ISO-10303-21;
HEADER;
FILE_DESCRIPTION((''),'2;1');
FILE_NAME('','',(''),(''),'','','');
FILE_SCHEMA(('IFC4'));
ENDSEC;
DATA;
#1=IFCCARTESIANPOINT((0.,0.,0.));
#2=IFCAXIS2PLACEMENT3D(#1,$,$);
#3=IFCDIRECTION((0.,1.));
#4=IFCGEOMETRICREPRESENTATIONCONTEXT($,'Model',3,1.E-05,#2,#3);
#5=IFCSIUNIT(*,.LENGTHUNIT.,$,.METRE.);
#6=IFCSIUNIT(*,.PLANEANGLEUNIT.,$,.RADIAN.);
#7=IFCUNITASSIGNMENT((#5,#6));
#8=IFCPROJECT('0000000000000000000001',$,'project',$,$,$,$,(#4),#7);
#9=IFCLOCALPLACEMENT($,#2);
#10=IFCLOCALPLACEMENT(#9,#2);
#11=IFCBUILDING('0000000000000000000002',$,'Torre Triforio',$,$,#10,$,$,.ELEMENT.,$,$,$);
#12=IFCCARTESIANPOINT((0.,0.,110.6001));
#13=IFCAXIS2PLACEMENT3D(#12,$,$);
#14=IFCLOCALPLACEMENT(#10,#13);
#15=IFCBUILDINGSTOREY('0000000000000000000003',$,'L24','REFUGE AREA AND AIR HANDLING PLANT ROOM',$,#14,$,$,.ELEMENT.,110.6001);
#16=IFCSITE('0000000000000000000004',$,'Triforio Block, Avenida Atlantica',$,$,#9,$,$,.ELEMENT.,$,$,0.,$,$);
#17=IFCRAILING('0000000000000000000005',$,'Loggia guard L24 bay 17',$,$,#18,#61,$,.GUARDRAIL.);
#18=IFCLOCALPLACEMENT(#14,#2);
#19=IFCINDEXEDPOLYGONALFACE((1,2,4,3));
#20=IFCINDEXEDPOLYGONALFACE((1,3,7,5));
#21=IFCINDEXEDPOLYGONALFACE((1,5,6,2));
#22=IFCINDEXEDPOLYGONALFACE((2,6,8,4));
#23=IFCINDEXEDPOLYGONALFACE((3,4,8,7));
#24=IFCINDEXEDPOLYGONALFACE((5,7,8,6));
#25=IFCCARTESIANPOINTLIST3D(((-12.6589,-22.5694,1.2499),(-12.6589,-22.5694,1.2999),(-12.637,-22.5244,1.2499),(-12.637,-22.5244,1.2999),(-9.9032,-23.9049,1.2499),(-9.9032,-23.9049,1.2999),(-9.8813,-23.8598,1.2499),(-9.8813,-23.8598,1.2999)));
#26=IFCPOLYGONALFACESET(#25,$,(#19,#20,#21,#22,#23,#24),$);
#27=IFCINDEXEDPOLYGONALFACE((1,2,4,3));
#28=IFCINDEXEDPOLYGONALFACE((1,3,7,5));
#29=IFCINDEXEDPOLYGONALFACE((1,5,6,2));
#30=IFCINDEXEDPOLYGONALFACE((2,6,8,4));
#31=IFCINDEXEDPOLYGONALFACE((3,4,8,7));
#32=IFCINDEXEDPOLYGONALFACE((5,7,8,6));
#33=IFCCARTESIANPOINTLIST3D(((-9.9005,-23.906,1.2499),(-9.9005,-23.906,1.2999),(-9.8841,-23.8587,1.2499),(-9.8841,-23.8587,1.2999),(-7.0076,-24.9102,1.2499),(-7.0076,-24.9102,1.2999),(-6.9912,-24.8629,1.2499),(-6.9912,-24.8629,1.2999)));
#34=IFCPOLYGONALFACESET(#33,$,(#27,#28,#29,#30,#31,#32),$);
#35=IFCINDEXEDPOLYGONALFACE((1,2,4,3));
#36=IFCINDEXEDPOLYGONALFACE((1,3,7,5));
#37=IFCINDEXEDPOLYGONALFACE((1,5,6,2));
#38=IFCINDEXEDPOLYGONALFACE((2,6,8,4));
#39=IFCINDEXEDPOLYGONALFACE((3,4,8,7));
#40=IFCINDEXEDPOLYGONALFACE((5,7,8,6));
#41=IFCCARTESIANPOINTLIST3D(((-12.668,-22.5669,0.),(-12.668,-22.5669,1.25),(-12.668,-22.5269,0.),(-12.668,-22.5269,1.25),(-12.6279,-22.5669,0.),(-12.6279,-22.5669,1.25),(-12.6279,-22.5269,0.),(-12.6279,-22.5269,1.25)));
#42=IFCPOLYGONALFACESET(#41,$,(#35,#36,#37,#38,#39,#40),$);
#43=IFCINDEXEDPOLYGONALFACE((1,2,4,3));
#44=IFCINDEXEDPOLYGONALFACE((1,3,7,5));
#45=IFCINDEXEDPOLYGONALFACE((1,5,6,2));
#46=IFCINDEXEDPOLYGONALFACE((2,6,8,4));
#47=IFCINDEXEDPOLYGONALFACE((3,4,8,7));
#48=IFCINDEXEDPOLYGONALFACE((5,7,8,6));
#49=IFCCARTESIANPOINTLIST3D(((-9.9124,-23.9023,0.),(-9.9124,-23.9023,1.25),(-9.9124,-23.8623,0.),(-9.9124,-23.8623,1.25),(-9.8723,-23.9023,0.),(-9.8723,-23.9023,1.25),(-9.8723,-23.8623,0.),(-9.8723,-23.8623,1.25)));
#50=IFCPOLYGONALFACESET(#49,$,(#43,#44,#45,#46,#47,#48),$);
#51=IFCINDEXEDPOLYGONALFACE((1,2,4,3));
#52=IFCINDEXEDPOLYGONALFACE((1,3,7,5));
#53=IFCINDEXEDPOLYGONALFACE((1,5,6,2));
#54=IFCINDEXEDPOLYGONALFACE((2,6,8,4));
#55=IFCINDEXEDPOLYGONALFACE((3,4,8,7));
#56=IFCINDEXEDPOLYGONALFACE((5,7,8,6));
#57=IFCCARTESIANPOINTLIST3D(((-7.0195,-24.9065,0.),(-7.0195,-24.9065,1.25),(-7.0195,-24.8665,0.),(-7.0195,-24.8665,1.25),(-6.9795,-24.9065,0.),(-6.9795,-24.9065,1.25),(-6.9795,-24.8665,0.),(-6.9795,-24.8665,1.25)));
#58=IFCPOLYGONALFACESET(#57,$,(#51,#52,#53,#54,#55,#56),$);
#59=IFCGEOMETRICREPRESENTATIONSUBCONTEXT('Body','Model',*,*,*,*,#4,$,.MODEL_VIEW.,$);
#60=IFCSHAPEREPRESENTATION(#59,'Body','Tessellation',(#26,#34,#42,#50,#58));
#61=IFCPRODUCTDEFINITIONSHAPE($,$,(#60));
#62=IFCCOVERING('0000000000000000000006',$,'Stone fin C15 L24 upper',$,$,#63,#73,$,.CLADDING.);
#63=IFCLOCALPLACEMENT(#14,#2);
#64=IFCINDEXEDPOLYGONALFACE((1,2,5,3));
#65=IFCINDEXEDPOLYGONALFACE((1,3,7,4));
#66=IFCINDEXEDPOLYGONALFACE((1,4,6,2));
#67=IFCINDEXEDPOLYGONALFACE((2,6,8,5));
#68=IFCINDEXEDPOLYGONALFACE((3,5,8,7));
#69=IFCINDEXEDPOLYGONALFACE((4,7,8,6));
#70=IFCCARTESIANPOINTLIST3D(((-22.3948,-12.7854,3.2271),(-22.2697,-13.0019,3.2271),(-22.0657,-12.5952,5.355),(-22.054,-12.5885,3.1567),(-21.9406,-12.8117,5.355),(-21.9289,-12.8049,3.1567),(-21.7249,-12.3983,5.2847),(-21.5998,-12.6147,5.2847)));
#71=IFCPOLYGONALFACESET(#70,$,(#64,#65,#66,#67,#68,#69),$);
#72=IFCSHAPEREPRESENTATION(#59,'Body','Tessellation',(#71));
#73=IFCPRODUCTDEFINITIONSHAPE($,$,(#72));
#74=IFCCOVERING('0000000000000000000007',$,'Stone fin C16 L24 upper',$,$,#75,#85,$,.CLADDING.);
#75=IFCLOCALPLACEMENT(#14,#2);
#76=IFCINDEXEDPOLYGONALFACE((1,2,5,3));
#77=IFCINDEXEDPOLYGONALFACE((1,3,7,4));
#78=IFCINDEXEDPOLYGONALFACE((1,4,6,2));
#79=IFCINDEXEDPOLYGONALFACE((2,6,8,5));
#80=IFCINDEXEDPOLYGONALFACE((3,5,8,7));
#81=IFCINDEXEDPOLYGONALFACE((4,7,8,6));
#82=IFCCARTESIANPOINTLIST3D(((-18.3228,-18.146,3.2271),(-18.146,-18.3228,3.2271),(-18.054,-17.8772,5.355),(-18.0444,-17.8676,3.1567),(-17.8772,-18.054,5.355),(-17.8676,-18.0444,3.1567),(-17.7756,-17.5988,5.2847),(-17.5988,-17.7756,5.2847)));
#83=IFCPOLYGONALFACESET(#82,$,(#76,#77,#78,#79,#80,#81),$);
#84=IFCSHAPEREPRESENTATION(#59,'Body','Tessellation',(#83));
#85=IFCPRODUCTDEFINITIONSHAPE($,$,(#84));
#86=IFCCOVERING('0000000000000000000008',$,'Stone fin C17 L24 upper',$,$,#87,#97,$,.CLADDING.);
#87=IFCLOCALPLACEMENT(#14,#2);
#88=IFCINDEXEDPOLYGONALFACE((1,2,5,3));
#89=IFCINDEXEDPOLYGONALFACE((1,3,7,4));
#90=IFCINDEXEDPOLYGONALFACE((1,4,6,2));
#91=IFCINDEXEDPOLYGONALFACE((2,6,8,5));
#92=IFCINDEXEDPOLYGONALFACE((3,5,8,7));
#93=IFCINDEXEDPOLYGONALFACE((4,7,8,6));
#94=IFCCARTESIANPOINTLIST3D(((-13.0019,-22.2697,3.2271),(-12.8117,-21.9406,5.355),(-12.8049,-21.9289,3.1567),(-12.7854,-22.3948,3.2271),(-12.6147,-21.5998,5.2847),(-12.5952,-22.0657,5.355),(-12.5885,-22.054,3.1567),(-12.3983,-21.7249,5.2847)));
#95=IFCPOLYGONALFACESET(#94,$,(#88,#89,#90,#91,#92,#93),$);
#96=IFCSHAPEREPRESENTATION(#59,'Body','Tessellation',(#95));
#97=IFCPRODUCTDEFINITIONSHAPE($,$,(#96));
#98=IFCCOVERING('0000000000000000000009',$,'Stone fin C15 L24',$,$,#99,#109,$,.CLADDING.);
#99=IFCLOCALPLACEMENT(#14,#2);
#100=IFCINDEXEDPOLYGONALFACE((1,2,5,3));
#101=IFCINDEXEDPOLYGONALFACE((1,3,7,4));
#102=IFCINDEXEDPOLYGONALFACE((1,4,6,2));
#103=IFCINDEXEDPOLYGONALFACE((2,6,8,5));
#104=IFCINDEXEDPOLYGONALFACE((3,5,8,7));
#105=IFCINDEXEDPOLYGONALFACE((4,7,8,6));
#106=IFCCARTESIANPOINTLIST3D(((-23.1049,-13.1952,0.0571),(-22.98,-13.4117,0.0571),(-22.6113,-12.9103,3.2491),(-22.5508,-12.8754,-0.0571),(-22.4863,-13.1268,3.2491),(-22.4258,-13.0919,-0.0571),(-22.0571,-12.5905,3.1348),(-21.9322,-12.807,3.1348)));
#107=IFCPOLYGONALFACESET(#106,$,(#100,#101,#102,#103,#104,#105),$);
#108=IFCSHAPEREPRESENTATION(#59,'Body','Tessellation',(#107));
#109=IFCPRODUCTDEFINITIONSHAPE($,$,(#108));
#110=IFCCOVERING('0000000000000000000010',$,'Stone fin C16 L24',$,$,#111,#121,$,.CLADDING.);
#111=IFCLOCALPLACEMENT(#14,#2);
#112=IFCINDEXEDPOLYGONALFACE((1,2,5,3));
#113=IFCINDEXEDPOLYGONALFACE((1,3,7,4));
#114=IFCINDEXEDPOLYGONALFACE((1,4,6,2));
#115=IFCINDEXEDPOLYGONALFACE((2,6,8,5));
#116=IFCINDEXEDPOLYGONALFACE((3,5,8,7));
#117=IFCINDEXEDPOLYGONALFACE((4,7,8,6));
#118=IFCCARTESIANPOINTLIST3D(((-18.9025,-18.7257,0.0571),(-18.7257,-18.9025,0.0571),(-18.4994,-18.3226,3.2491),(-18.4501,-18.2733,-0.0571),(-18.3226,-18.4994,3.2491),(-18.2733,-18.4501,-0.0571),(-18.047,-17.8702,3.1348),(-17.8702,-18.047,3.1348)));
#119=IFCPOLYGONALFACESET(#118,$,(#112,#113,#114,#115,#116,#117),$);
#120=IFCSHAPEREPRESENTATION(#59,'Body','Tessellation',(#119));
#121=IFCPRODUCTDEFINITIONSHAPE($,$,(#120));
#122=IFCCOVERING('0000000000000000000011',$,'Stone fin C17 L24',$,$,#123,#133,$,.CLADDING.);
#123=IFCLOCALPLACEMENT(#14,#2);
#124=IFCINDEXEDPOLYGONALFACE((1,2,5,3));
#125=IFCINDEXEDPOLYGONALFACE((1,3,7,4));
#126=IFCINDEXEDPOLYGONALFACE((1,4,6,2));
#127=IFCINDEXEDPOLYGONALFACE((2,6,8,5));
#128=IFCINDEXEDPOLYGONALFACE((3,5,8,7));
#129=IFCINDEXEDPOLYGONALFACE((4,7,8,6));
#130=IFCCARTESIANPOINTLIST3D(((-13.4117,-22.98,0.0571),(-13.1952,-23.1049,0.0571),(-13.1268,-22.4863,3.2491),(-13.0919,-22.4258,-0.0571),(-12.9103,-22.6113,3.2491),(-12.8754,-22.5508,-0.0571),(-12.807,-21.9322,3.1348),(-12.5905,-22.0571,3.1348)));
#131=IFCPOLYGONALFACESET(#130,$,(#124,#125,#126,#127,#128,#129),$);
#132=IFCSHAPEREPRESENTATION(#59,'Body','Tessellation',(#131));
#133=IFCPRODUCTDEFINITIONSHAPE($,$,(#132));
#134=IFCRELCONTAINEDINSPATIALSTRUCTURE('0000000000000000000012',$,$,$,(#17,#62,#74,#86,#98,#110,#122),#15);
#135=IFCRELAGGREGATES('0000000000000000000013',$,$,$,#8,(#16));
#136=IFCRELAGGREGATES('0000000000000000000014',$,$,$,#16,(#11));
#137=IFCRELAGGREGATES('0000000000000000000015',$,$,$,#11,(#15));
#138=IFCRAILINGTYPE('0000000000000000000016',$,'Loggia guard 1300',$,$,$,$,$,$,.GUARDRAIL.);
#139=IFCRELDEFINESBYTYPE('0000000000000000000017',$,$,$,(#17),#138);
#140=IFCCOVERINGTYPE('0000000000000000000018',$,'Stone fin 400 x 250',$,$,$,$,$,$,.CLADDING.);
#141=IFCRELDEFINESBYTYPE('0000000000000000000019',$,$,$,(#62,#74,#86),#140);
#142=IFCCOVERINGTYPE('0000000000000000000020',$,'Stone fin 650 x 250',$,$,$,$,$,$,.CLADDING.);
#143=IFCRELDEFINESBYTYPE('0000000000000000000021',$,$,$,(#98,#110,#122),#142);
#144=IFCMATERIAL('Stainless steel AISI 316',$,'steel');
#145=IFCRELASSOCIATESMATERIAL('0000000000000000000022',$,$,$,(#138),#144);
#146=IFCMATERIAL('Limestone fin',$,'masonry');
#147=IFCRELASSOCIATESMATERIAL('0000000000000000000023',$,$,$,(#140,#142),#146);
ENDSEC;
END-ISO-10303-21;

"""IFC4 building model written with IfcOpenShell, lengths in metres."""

from ifc_helpers import new_model, si_unit, direction, frame, origin, origin_2d, place, context, subcontext, project, spatial, rectangle, extrude, material, material_profile, profile_set, type_object, element, save


model = new_model("IFC4")

# Units and contexts
model_context = context("Model", 3, precision=1e-05, world=origin(), true_north=direction((0.0, 1.0)))
body_context = subcontext(model_context, "Body", "Model", "MODEL_VIEW")
ifc_project = project(units=[si_unit("LENGTHUNIT", "METRE"), si_unit("PLANEANGLEUNIT", "RADIAN")], contexts=[model_context])

# Site, building, storey
site_placement = place(None, origin())
site = spatial("IfcSite", under=ifc_project, at=site_placement, Name="Triforio Block, Avenida Atlantica", CompositionType="ELEMENT", RefElevation=0.0)
building_placement = place(site_placement, origin())
building = spatial("IfcBuilding", under=site, at=building_placement, Name="Torre Triforio", CompositionType="ELEMENT")
storey_placement = place(building_placement, frame((0.0, 0.0, 110.6001)))
storey = spatial("IfcBuildingStorey", under=building, at=storey_placement, Name="L24", Description="REFUGE AREA AND AIR HANDLING PLANT ROOM", CompositionType="ELEMENT", Elevation=110.6001)

# Railing
ifc_material_1 = material(Name="Stainless steel AISI 316", Category="steel")
railing_type = type_object("IfcRailingType", Name="Loggia guard 1300", PredefinedType="GUARDRAIL", material=ifc_material_1)
railing_1_placement = place(storey_placement, frame((-12.6479, -22.5469, 0.0)))
element("IfcRailing", 1, at=railing_1_placement, inside=storey, type_object=railing_type, Name="Loggia guard L24 bay 17", PredefinedType="GUARDRAIL", context=body_context, shape_type="SweptSolid", body=[
    extrude(rectangle(XDim=0.05, YDim=0.05, at=origin_2d()), frame((0.0, 0.0, 1.2749), z_axis=(0.899892, -0.436113, 0.0), x_axis=(0.436113, 0.899892, 0.0)), (0.0, 0.0, 1.0), 3.0623),
    extrude(rectangle(XDim=0.05, YDim=0.05, at=origin_2d()), frame((2.7556, -1.3354, 1.2749), z_axis=(0.944704, -0.327924, 0.0), x_axis=(0.327924, 0.944704, 0.0)), (0.0, 0.0, 1.0), 3.0623),
    extrude(rectangle(XDim=0.04, YDim=0.04, at=origin_2d()), origin(), (0.0, 0.0, 1.0), 1.25),
    extrude(rectangle(XDim=0.04, YDim=0.04, at=origin_2d()), frame((2.7556, -1.3354, 0.0)), (0.0, 0.0, 1.0), 1.25),
    extrude(rectangle(XDim=0.04, YDim=0.04, at=origin_2d()), frame((5.6484, -2.3396, 0.0)), (0.0, 0.0, 1.0), 1.25),
])

# Coverings
ifc_material_2 = material(Name="Limestone fin", Category="masonry")
ifc_material_profile_1 = material_profile(ifc_material_2, rectangle(XDim=0.3999, YDim=0.25, at=origin_2d()), Name="FIN 400x250")
ifc_profile_set_1 = profile_set([ifc_material_profile_1], Name="Limestone fin")
covering_type_1 = type_object("IfcCoveringType", Name="Stone fin 400 x 250", PredefinedType="CLADDING", material=ifc_profile_set_1)
for number, where, z_axis, x_axis, name in (
    (2, (-22.1619, -12.7952, 3.1919), (0.152248, 0.087983, 0.984418), (-0.852331, -0.492556, 0.175842), "Stone fin C15 L24 upper"),
    (3, (-18.0952, -18.0952, 3.1919), (0.124351, 0.124351, 0.984415), (-0.696087, -0.696087, 0.175859), "Stone fin C16 L24 upper"),
    (4, (-12.7952, -22.1619, 3.1919), (0.087983, 0.152248, 0.984418), (-0.492556, -0.852331, 0.175842), "Stone fin C17 L24 upper"),
):
    element("IfcCovering", number, at=place(storey_placement, frame(where, z_axis=z_axis, x_axis=x_axis)), inside=storey, type_object=covering_type_1, Name=name, PredefinedType="CLADDING", context=body_context, shape_type="SweptSolid", body=[
        extrude(rectangle(XDim=0.3999, YDim=0.25, at=origin_2d()), origin(), (0.0, 0.0, 1.0), 2.1616),
    ])
ifc_material_profile_2 = material_profile(ifc_material_2, rectangle(XDim=0.6499, YDim=0.25, at=origin_2d()), Name="FIN 650x250")
ifc_profile_set_2 = profile_set([ifc_material_profile_2], Name="Limestone fin")
covering_type_2 = type_object("IfcCoveringType", Name="Stone fin 650 x 250", PredefinedType="CLADDING", material=ifc_profile_set_2)
for number, where, z_axis, x_axis, name in (
    (5, (-22.7654, -13.1436, 0.0), (0.15225, 0.087871, 0.984428), (-0.852613, -0.492087, 0.175788), "Stone fin C15 L24"),
    (6, (-18.5879, -18.5879, 0.0), (0.124314, 0.124314, 0.984425), (-0.696093, -0.696093, 0.175807), "Stone fin C16 L24"),
    (7, (-13.1436, -22.7654, 0.0), (0.087871, 0.15225, 0.984428), (-0.492087, -0.852613, 0.175788), "Stone fin C17 L24"),
):
    element("IfcCovering", number, at=place(storey_placement, frame(where, z_axis=z_axis, x_axis=x_axis)), inside=storey, type_object=covering_type_2, Name=name, PredefinedType="CLADDING", context=body_context, shape_type="SweptSolid", body=[
        extrude(rectangle(XDim=0.6499, YDim=0.25, at=origin_2d()), origin(), (0.0, 0.0, 1.0), 3.2424),
    ])

save(model, "model.ifc")
